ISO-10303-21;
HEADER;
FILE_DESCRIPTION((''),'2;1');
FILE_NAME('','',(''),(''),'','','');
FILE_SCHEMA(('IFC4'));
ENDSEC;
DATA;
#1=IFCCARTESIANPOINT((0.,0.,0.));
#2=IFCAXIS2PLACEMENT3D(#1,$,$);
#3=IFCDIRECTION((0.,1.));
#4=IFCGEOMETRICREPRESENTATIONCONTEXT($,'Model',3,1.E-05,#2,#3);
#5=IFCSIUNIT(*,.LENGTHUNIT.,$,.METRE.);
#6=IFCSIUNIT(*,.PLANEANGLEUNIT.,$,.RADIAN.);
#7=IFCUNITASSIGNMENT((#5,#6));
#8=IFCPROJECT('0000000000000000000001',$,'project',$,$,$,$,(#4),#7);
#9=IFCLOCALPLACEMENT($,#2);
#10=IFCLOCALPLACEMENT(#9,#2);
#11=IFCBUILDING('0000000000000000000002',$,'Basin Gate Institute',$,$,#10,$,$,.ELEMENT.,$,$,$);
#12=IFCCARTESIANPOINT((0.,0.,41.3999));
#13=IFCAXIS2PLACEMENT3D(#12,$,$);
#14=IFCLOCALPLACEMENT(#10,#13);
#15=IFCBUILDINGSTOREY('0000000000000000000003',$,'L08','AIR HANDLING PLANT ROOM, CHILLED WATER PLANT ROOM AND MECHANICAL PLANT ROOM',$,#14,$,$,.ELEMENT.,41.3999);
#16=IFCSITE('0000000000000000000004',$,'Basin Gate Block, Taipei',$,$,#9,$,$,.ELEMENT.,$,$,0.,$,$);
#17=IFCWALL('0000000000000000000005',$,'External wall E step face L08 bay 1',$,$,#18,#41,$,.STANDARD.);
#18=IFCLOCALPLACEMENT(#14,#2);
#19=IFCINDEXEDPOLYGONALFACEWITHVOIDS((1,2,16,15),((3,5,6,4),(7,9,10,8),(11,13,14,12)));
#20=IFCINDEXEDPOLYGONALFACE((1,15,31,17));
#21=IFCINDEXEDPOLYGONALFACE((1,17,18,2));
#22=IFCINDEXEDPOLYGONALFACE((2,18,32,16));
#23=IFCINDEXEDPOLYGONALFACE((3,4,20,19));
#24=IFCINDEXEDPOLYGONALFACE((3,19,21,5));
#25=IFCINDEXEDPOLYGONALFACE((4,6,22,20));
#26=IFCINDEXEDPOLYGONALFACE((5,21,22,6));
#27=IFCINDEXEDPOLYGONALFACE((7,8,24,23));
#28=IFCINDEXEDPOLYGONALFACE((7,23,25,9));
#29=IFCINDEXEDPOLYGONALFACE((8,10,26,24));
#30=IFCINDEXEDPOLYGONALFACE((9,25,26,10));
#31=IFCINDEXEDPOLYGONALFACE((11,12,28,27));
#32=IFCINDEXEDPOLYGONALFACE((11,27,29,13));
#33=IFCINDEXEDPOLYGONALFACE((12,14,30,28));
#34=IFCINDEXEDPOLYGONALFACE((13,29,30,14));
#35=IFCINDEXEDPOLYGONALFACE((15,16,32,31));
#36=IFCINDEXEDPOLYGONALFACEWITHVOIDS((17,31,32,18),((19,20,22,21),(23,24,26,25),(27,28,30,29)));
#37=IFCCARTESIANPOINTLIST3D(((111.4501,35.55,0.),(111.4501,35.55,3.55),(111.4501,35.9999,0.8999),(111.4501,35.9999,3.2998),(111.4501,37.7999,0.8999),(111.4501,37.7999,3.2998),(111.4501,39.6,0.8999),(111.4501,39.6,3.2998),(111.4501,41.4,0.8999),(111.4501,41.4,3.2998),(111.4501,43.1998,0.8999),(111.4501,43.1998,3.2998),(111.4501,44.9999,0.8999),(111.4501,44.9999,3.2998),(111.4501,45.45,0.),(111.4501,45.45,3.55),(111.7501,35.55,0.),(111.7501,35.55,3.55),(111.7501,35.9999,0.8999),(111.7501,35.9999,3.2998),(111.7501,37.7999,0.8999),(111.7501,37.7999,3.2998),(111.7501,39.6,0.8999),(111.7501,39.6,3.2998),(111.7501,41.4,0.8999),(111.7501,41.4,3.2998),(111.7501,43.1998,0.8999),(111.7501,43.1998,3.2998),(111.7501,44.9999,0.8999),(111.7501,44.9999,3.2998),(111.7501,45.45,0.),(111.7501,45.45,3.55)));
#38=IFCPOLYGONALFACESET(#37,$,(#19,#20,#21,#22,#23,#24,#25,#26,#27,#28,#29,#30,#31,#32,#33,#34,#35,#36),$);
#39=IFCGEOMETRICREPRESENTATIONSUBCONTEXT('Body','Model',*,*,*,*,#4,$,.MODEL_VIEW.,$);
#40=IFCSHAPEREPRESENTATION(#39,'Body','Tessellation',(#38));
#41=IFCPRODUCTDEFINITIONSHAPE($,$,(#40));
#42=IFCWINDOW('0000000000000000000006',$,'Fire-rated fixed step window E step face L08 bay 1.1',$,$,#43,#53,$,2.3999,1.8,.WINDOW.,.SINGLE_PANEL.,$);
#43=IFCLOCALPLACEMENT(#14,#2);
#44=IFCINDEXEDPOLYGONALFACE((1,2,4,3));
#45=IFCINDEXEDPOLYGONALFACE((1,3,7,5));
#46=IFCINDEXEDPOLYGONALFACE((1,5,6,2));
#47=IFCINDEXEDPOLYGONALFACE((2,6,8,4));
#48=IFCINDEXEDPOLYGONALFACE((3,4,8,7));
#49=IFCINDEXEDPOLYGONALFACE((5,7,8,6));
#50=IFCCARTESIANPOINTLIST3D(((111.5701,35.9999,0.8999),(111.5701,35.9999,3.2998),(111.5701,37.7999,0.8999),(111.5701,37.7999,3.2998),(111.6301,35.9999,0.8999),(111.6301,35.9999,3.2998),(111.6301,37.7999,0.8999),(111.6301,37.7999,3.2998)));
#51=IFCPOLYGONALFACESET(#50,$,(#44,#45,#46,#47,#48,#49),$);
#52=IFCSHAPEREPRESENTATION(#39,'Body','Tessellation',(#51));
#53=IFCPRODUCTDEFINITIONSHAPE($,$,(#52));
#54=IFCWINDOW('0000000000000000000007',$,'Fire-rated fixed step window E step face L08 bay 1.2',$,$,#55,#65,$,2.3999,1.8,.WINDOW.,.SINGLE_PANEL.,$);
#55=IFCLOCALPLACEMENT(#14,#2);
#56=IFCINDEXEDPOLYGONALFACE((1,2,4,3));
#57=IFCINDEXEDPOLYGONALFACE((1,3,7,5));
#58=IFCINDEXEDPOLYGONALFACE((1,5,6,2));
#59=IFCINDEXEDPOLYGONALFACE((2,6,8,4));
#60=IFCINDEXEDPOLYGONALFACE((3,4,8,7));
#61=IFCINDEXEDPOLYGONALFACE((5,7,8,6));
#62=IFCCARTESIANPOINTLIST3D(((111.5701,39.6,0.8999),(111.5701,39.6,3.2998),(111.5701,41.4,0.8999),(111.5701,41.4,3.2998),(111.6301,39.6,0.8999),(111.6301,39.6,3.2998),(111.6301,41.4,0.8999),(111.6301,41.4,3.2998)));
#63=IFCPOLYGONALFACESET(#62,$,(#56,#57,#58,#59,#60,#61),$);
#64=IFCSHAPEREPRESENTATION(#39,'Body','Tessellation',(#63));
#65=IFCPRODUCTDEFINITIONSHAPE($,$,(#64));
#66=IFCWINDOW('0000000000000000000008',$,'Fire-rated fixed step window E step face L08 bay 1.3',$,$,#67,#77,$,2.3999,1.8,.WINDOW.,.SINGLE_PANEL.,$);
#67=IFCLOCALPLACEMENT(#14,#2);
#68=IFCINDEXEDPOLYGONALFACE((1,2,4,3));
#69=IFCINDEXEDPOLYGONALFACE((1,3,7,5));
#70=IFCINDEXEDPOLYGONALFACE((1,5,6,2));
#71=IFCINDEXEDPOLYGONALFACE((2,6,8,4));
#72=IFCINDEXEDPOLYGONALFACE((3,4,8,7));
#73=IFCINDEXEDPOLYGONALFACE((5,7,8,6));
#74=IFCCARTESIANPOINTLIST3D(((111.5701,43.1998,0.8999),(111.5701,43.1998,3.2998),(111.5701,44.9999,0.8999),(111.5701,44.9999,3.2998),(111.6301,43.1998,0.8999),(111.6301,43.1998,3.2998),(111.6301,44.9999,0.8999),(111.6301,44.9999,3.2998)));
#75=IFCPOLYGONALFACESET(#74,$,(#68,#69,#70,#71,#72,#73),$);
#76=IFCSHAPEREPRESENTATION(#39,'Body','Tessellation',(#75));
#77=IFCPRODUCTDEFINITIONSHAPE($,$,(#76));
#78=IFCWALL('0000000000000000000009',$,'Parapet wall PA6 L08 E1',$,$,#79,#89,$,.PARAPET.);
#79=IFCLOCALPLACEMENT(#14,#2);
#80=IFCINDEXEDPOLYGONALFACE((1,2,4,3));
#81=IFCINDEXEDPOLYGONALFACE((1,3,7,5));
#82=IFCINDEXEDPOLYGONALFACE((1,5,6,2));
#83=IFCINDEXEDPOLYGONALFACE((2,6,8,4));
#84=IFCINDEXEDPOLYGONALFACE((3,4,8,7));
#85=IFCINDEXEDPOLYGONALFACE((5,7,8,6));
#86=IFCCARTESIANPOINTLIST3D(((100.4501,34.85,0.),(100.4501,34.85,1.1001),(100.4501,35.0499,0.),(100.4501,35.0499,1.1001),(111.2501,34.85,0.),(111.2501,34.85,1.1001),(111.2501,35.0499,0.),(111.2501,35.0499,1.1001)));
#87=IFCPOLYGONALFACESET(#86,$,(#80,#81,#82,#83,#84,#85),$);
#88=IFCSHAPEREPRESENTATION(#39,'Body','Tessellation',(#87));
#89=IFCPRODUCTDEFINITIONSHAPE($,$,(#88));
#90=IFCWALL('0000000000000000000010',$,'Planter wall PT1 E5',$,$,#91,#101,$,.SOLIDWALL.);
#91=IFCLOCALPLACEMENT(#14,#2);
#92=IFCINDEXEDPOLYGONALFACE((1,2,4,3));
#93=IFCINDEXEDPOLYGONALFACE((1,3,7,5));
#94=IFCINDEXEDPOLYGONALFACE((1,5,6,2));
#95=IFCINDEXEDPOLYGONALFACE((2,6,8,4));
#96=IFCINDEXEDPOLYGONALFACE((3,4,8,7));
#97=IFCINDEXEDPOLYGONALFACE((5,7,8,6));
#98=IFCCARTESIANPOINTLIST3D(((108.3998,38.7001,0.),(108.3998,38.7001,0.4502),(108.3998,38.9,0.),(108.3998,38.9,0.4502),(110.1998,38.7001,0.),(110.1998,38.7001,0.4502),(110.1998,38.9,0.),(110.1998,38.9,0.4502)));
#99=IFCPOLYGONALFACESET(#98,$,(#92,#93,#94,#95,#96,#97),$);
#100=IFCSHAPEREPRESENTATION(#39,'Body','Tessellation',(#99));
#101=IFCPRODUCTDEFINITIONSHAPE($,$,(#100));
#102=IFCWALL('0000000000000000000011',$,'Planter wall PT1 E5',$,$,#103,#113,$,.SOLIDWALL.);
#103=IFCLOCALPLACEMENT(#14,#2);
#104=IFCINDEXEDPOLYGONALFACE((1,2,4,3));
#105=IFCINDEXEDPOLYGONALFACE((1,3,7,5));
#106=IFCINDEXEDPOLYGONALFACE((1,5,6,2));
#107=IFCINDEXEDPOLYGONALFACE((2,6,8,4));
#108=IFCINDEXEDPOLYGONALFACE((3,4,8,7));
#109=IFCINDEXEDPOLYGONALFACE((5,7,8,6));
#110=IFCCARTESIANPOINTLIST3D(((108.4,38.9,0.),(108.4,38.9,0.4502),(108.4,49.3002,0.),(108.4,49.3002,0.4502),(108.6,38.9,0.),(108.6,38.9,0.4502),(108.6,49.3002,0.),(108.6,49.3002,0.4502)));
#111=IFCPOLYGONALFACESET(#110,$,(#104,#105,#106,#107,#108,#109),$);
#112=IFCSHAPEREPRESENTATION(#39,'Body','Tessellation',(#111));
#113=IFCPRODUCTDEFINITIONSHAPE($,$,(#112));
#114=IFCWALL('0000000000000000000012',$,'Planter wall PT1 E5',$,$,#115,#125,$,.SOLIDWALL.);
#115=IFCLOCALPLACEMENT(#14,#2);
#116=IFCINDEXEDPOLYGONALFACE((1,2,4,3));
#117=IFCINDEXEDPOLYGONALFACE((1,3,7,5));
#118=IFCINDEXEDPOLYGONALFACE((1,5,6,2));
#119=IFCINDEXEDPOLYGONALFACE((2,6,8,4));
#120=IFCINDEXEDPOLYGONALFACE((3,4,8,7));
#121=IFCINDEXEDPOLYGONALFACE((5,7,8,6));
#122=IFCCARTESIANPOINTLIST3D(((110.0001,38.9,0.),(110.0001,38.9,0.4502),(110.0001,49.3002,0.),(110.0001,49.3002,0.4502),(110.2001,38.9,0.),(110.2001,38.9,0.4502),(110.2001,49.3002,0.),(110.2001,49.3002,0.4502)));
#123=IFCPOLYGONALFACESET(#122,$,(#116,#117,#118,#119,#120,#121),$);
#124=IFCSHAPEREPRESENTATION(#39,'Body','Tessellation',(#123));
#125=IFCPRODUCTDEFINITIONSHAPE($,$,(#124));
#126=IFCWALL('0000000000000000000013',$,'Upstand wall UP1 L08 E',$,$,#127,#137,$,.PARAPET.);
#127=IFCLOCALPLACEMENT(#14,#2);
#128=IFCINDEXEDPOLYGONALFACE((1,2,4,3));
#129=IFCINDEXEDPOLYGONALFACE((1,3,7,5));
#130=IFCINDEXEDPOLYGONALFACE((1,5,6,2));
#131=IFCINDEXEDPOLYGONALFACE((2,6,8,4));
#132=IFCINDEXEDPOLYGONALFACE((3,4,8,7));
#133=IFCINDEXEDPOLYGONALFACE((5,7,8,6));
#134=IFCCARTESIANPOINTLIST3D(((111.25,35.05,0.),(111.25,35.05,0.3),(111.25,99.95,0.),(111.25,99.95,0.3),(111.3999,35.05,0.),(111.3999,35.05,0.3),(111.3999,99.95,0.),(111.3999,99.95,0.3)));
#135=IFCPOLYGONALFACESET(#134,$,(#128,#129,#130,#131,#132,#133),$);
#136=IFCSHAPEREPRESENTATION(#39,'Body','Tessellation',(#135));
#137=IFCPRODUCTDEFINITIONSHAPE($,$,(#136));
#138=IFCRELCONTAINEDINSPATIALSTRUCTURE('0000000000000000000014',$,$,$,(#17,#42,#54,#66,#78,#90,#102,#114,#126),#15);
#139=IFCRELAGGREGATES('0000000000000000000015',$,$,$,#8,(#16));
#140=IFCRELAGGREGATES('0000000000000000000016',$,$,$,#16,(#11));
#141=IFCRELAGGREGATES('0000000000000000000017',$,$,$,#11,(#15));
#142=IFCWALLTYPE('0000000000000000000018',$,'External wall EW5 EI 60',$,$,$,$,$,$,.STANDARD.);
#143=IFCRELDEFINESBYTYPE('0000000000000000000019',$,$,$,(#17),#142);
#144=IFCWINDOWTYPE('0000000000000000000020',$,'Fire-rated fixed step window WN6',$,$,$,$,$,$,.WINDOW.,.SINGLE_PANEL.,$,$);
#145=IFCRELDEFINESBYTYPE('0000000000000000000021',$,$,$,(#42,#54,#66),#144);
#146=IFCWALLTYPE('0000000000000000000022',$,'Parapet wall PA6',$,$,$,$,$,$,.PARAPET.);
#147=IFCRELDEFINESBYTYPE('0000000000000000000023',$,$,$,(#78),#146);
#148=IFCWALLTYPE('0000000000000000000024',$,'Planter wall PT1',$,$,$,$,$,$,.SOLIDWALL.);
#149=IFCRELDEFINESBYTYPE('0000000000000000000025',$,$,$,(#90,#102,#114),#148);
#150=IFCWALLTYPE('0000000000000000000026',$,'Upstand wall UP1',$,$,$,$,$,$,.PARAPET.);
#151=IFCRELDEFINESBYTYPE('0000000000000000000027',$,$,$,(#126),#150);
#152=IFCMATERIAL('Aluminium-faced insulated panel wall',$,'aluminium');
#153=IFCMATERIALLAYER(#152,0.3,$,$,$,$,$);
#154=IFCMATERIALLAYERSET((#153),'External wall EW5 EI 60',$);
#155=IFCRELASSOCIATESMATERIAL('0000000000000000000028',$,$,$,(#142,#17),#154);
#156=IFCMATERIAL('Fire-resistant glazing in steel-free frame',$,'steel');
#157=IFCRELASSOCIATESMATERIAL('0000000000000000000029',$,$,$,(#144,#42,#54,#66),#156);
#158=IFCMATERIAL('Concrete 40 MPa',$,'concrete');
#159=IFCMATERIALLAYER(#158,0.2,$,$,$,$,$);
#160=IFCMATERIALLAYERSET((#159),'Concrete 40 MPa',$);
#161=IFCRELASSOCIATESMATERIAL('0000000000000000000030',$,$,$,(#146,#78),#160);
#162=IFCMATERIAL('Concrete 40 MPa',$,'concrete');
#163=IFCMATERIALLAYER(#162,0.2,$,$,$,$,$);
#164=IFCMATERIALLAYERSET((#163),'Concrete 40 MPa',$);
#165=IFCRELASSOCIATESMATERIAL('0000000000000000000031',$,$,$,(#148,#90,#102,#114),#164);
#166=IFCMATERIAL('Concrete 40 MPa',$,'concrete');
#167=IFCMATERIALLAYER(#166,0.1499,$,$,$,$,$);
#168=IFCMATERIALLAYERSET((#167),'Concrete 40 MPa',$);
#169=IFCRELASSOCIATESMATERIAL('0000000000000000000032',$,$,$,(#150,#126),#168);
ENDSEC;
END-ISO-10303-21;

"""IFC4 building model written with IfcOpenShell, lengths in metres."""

from ifc_helpers import new_model, si_unit, direction, frame, frame_2d, origin, place, context, subcontext, project, spatial, rectangle, extrude, material, layer, layer_set, type_object, element, fill, save


model = new_model("IFC4")

# Units and contexts
model_context = context("Model", 3, precision=1e-05, world=origin(), true_north=direction((0.0, 1.0)))
body_context = subcontext(model_context, "Body", "Model", "MODEL_VIEW")
ifc_project = project(units=[si_unit("LENGTHUNIT", "METRE"), si_unit("PLANEANGLEUNIT", "RADIAN")], contexts=[model_context])

# Site, building, storey
site_placement = place(None, origin())
site = spatial("IfcSite", under=ifc_project, at=site_placement, Name="Basin Gate Block, Taipei", CompositionType="ELEMENT", RefElevation=0.0)
building_placement = place(site_placement, origin())
building = spatial("IfcBuilding", under=site, at=building_placement, Name="Basin Gate Institute", CompositionType="ELEMENT")
storey_placement = place(building_placement, frame((0.0, 0.0, 41.3999)))
storey = spatial("IfcBuildingStorey", under=building, at=storey_placement, Name="L08", Description="AIR HANDLING PLANT ROOM, CHILLED WATER PLANT ROOM AND MECHANICAL PLANT ROOM", CompositionType="ELEMENT", Elevation=41.3999)

# Wall, openings, windows
ifc_material_1 = material(Name="Aluminium-faced insulated panel wall", Category="aluminium")
ifc_layer_1 = layer(ifc_material_1, 0.3)
ifc_layer_set_1 = layer_set([ifc_layer_1], Name="External wall EW5 EI 60")
wall_type_1 = type_object("IfcWallType", Name="External wall EW5 EI 60", PredefinedType="STANDARD", material=ifc_layer_set_1)
wall_1_placement = place(storey_placement, frame((111.6001, 35.55, 0.0), z_axis=(0.0, 0.0, 1.0), x_axis=(0.0, 1.0, 0.0)))
wall_1 = element("IfcWall", 1, at=wall_1_placement, inside=storey, type_object=wall_type_1, material=ifc_layer_set_1, Name="External wall E step face L08 bay 1", PredefinedType="STANDARD", context=body_context, shape_type="SweptSolid", body=[
    extrude(rectangle(XDim=9.8999, YDim=0.3, at=frame_2d((4.95, 0.0))), origin(), (0.0, 0.0, 1.0), 3.55),
])
opening_1_placement = place(wall_1_placement, frame((0.45, 0.0, 0.8999)))
opening_1 = element("IfcOpeningElement", 2, at=opening_1_placement, cuts=wall_1, PredefinedType="OPENING", context=body_context, shape_type="SweptSolid", body=[
    extrude(rectangle(XDim=1.8, YDim=2.3999, at=frame_2d((0.8999, 1.2))), frame((0.0, 0.1602, 0.0), z_axis=(0.0, -1.0, 0.0), x_axis=(1.0, 0.0, 0.0)), (0.0, 0.0, 1.0), 0.3201),
])
opening_2_placement = place(wall_1_placement, frame((4.05, 0.0, 0.8999)))
opening_2 = element("IfcOpeningElement", 3, at=opening_2_placement, cuts=wall_1, PredefinedType="OPENING", context=body_context, shape_type="SweptSolid", body=[
    extrude(rectangle(XDim=1.8, YDim=2.3999, at=frame_2d((0.8999, 1.2))), frame((0.0, 0.1602, 0.0), z_axis=(0.0, -1.0, 0.0), x_axis=(1.0, 0.0, 0.0)), (0.0, 0.0, 1.0), 0.3201),
])
opening_3_placement = place(wall_1_placement, frame((7.6499, 0.0, 0.8999)))
opening_3 = element("IfcOpeningElement", 4, at=opening_3_placement, cuts=wall_1, PredefinedType="OPENING", context=body_context, shape_type="SweptSolid", body=[
    extrude(rectangle(XDim=1.8, YDim=2.3999, at=frame_2d((0.8999, 1.2))), frame((0.0, 0.1602, 0.0), z_axis=(0.0, -1.0, 0.0), x_axis=(1.0, 0.0, 0.0)), (0.0, 0.0, 1.0), 0.3201),
])
ifc_material_2 = material(Name="Fire-resistant glazing in steel-free frame", Category="steel")
window_type = type_object("IfcWindowType", Name="Fire-rated fixed step window WN6", PartitioningType="SINGLE_PANEL", PredefinedType="WINDOW", material=ifc_material_2)
window_1_placement = place(opening_1_placement, origin())
window_1 = element("IfcWindow", 5, at=window_1_placement, inside=storey, type_object=window_type, material=ifc_material_2, Name="Fire-rated fixed step window E step face L08 bay 1.1", OverallHeight=2.3999, OverallWidth=1.8, PartitioningType="SINGLE_PANEL", PredefinedType="WINDOW", context=body_context, shape_type="SweptSolid", body=[
    extrude(rectangle(XDim=1.8, YDim=2.3999, at=frame_2d((0.8999, 1.2))), frame((0.0, 0.03, 0.0), z_axis=(0.0, -1.0, 0.0), x_axis=(1.0, 0.0, 0.0)), (0.0, 0.0, 1.0), 0.0601),
])
fill(opening_1, window_1)
window_2_placement = place(opening_2_placement, origin())
window_2 = element("IfcWindow", 6, at=window_2_placement, inside=storey, type_object=window_type, material=ifc_material_2, Name="Fire-rated fixed step window E step face L08 bay 1.2", OverallHeight=2.3999, OverallWidth=1.8, PartitioningType="SINGLE_PANEL", PredefinedType="WINDOW", context=body_context, shape_type="SweptSolid", body=[
    extrude(rectangle(XDim=1.8, YDim=2.3999, at=frame_2d((0.8999, 1.2))), frame((0.0, 0.03, 0.0), z_axis=(0.0, -1.0, 0.0), x_axis=(1.0, 0.0, 0.0)), (0.0, 0.0, 1.0), 0.0601),
])
fill(opening_2, window_2)
window_3_placement = place(opening_3_placement, origin())
window_3 = element("IfcWindow", 7, at=window_3_placement, inside=storey, type_object=window_type, material=ifc_material_2, Name="Fire-rated fixed step window E step face L08 bay 1.3", OverallHeight=2.3999, OverallWidth=1.8, PartitioningType="SINGLE_PANEL", PredefinedType="WINDOW", context=body_context, shape_type="SweptSolid", body=[
    extrude(rectangle(XDim=1.8, YDim=2.3999, at=frame_2d((0.8999, 1.2))), frame((0.0, 0.03, 0.0), z_axis=(0.0, -1.0, 0.0), x_axis=(1.0, 0.0, 0.0)), (0.0, 0.0, 1.0), 0.0601),
])
fill(opening_3, window_3)

# Walls
ifc_material_3 = material(Name="Concrete 40 MPa", Category="concrete")
ifc_layer_2 = layer(ifc_material_3, 0.2)
ifc_layer_set_2 = layer_set([ifc_layer_2], Name="Concrete 40 MPa")
wall_type_2 = type_object("IfcWallType", Name="Parapet wall PA6", PredefinedType="PARAPET", material=ifc_layer_set_2)
wall_2_placement = place(storey_placement, frame((111.25, 34.95, 0.0), z_axis=(0.0, 0.0, 1.0), x_axis=(-1.0, 0.0, 0.0)))
element("IfcWall", 8, at=wall_2_placement, inside=storey, type_object=wall_type_2, material=ifc_layer_set_2, Name="Parapet wall PA6 L08 E1", PredefinedType="PARAPET", context=body_context, shape_type="SweptSolid", body=[
    extrude(rectangle(XDim=10.8, YDim=0.2, at=frame_2d((5.3999, 0.0))), origin(), (0.0, 0.0, 1.0), 1.1001),
])
ifc_material_4 = material(Name="Concrete 40 MPa", Category="concrete")
ifc_layer_3 = layer(ifc_material_4, 0.2)
ifc_layer_set_3 = layer_set([ifc_layer_3], Name="Concrete 40 MPa")
wall_type_3 = type_object("IfcWallType", Name="Planter wall PT1", PredefinedType="SOLIDWALL", material=ifc_layer_set_3)
wall_3_placement = place(storey_placement, frame((108.3999, 38.8, 0.0), z_axis=(0.0, 0.0, 1.0), x_axis=(1.0, 0.0, 0.0)))
element("IfcWall", 9, at=wall_3_placement, inside=storey, type_object=wall_type_3, material=ifc_layer_set_3, Name="Planter wall PT1 E5", PredefinedType="SOLIDWALL", context=body_context, shape_type="SweptSolid", body=[
    extrude(rectangle(XDim=1.8, YDim=0.2, at=frame_2d((0.8999, 0.0))), origin(), (0.0, 0.0, 1.0), 0.4502),
])
for number, where, z_axis, x_axis, name in (
    (10, (108.5, 38.8999, 0.0), (0.0, 0.0, 1.0), (0.0, 1.0, 0.0), "Planter wall PT1 E5"),
    (11, (110.1001, 38.8999, 0.0), (0.0, 0.0, 1.0), (0.0, 1.0, 0.0), "Planter wall PT1 E5"),
):
    element("IfcWall", number, at=place(storey_placement, frame(where, z_axis=z_axis, x_axis=x_axis)), inside=storey, type_object=wall_type_3, material=ifc_layer_set_3, Name=name, PredefinedType="SOLIDWALL", context=body_context, shape_type="SweptSolid", body=[
        extrude(rectangle(XDim=10.4001, YDim=0.2, at=frame_2d((5.2002, 0.0))), origin(), (0.0, 0.0, 1.0), 0.4502),
    ])
ifc_material_5 = material(Name="Concrete 40 MPa", Category="concrete")
ifc_layer_4 = layer(ifc_material_5, 0.1499)
ifc_layer_set_4 = layer_set([ifc_layer_4], Name="Concrete 40 MPa")
wall_type_4 = type_object("IfcWallType", Name="Upstand wall UP1", PredefinedType="PARAPET", material=ifc_layer_set_4)
wall_4_placement = place(storey_placement, frame((111.325, 35.05, 0.0), z_axis=(0.0, 0.0, 1.0), x_axis=(0.0, 1.0, 0.0)))
element("IfcWall", 12, at=wall_4_placement, inside=storey, type_object=wall_type_4, material=ifc_layer_set_4, Name="Upstand wall UP1 L08 E", PredefinedType="PARAPET", context=body_context, shape_type="SweptSolid", body=[
    extrude(rectangle(XDim=64.8999, YDim=0.1499, at=frame_2d((32.45, 0.0))), origin(), (0.0, 0.0, 1.0), 0.3),
])

save(model, "model.ifc")
